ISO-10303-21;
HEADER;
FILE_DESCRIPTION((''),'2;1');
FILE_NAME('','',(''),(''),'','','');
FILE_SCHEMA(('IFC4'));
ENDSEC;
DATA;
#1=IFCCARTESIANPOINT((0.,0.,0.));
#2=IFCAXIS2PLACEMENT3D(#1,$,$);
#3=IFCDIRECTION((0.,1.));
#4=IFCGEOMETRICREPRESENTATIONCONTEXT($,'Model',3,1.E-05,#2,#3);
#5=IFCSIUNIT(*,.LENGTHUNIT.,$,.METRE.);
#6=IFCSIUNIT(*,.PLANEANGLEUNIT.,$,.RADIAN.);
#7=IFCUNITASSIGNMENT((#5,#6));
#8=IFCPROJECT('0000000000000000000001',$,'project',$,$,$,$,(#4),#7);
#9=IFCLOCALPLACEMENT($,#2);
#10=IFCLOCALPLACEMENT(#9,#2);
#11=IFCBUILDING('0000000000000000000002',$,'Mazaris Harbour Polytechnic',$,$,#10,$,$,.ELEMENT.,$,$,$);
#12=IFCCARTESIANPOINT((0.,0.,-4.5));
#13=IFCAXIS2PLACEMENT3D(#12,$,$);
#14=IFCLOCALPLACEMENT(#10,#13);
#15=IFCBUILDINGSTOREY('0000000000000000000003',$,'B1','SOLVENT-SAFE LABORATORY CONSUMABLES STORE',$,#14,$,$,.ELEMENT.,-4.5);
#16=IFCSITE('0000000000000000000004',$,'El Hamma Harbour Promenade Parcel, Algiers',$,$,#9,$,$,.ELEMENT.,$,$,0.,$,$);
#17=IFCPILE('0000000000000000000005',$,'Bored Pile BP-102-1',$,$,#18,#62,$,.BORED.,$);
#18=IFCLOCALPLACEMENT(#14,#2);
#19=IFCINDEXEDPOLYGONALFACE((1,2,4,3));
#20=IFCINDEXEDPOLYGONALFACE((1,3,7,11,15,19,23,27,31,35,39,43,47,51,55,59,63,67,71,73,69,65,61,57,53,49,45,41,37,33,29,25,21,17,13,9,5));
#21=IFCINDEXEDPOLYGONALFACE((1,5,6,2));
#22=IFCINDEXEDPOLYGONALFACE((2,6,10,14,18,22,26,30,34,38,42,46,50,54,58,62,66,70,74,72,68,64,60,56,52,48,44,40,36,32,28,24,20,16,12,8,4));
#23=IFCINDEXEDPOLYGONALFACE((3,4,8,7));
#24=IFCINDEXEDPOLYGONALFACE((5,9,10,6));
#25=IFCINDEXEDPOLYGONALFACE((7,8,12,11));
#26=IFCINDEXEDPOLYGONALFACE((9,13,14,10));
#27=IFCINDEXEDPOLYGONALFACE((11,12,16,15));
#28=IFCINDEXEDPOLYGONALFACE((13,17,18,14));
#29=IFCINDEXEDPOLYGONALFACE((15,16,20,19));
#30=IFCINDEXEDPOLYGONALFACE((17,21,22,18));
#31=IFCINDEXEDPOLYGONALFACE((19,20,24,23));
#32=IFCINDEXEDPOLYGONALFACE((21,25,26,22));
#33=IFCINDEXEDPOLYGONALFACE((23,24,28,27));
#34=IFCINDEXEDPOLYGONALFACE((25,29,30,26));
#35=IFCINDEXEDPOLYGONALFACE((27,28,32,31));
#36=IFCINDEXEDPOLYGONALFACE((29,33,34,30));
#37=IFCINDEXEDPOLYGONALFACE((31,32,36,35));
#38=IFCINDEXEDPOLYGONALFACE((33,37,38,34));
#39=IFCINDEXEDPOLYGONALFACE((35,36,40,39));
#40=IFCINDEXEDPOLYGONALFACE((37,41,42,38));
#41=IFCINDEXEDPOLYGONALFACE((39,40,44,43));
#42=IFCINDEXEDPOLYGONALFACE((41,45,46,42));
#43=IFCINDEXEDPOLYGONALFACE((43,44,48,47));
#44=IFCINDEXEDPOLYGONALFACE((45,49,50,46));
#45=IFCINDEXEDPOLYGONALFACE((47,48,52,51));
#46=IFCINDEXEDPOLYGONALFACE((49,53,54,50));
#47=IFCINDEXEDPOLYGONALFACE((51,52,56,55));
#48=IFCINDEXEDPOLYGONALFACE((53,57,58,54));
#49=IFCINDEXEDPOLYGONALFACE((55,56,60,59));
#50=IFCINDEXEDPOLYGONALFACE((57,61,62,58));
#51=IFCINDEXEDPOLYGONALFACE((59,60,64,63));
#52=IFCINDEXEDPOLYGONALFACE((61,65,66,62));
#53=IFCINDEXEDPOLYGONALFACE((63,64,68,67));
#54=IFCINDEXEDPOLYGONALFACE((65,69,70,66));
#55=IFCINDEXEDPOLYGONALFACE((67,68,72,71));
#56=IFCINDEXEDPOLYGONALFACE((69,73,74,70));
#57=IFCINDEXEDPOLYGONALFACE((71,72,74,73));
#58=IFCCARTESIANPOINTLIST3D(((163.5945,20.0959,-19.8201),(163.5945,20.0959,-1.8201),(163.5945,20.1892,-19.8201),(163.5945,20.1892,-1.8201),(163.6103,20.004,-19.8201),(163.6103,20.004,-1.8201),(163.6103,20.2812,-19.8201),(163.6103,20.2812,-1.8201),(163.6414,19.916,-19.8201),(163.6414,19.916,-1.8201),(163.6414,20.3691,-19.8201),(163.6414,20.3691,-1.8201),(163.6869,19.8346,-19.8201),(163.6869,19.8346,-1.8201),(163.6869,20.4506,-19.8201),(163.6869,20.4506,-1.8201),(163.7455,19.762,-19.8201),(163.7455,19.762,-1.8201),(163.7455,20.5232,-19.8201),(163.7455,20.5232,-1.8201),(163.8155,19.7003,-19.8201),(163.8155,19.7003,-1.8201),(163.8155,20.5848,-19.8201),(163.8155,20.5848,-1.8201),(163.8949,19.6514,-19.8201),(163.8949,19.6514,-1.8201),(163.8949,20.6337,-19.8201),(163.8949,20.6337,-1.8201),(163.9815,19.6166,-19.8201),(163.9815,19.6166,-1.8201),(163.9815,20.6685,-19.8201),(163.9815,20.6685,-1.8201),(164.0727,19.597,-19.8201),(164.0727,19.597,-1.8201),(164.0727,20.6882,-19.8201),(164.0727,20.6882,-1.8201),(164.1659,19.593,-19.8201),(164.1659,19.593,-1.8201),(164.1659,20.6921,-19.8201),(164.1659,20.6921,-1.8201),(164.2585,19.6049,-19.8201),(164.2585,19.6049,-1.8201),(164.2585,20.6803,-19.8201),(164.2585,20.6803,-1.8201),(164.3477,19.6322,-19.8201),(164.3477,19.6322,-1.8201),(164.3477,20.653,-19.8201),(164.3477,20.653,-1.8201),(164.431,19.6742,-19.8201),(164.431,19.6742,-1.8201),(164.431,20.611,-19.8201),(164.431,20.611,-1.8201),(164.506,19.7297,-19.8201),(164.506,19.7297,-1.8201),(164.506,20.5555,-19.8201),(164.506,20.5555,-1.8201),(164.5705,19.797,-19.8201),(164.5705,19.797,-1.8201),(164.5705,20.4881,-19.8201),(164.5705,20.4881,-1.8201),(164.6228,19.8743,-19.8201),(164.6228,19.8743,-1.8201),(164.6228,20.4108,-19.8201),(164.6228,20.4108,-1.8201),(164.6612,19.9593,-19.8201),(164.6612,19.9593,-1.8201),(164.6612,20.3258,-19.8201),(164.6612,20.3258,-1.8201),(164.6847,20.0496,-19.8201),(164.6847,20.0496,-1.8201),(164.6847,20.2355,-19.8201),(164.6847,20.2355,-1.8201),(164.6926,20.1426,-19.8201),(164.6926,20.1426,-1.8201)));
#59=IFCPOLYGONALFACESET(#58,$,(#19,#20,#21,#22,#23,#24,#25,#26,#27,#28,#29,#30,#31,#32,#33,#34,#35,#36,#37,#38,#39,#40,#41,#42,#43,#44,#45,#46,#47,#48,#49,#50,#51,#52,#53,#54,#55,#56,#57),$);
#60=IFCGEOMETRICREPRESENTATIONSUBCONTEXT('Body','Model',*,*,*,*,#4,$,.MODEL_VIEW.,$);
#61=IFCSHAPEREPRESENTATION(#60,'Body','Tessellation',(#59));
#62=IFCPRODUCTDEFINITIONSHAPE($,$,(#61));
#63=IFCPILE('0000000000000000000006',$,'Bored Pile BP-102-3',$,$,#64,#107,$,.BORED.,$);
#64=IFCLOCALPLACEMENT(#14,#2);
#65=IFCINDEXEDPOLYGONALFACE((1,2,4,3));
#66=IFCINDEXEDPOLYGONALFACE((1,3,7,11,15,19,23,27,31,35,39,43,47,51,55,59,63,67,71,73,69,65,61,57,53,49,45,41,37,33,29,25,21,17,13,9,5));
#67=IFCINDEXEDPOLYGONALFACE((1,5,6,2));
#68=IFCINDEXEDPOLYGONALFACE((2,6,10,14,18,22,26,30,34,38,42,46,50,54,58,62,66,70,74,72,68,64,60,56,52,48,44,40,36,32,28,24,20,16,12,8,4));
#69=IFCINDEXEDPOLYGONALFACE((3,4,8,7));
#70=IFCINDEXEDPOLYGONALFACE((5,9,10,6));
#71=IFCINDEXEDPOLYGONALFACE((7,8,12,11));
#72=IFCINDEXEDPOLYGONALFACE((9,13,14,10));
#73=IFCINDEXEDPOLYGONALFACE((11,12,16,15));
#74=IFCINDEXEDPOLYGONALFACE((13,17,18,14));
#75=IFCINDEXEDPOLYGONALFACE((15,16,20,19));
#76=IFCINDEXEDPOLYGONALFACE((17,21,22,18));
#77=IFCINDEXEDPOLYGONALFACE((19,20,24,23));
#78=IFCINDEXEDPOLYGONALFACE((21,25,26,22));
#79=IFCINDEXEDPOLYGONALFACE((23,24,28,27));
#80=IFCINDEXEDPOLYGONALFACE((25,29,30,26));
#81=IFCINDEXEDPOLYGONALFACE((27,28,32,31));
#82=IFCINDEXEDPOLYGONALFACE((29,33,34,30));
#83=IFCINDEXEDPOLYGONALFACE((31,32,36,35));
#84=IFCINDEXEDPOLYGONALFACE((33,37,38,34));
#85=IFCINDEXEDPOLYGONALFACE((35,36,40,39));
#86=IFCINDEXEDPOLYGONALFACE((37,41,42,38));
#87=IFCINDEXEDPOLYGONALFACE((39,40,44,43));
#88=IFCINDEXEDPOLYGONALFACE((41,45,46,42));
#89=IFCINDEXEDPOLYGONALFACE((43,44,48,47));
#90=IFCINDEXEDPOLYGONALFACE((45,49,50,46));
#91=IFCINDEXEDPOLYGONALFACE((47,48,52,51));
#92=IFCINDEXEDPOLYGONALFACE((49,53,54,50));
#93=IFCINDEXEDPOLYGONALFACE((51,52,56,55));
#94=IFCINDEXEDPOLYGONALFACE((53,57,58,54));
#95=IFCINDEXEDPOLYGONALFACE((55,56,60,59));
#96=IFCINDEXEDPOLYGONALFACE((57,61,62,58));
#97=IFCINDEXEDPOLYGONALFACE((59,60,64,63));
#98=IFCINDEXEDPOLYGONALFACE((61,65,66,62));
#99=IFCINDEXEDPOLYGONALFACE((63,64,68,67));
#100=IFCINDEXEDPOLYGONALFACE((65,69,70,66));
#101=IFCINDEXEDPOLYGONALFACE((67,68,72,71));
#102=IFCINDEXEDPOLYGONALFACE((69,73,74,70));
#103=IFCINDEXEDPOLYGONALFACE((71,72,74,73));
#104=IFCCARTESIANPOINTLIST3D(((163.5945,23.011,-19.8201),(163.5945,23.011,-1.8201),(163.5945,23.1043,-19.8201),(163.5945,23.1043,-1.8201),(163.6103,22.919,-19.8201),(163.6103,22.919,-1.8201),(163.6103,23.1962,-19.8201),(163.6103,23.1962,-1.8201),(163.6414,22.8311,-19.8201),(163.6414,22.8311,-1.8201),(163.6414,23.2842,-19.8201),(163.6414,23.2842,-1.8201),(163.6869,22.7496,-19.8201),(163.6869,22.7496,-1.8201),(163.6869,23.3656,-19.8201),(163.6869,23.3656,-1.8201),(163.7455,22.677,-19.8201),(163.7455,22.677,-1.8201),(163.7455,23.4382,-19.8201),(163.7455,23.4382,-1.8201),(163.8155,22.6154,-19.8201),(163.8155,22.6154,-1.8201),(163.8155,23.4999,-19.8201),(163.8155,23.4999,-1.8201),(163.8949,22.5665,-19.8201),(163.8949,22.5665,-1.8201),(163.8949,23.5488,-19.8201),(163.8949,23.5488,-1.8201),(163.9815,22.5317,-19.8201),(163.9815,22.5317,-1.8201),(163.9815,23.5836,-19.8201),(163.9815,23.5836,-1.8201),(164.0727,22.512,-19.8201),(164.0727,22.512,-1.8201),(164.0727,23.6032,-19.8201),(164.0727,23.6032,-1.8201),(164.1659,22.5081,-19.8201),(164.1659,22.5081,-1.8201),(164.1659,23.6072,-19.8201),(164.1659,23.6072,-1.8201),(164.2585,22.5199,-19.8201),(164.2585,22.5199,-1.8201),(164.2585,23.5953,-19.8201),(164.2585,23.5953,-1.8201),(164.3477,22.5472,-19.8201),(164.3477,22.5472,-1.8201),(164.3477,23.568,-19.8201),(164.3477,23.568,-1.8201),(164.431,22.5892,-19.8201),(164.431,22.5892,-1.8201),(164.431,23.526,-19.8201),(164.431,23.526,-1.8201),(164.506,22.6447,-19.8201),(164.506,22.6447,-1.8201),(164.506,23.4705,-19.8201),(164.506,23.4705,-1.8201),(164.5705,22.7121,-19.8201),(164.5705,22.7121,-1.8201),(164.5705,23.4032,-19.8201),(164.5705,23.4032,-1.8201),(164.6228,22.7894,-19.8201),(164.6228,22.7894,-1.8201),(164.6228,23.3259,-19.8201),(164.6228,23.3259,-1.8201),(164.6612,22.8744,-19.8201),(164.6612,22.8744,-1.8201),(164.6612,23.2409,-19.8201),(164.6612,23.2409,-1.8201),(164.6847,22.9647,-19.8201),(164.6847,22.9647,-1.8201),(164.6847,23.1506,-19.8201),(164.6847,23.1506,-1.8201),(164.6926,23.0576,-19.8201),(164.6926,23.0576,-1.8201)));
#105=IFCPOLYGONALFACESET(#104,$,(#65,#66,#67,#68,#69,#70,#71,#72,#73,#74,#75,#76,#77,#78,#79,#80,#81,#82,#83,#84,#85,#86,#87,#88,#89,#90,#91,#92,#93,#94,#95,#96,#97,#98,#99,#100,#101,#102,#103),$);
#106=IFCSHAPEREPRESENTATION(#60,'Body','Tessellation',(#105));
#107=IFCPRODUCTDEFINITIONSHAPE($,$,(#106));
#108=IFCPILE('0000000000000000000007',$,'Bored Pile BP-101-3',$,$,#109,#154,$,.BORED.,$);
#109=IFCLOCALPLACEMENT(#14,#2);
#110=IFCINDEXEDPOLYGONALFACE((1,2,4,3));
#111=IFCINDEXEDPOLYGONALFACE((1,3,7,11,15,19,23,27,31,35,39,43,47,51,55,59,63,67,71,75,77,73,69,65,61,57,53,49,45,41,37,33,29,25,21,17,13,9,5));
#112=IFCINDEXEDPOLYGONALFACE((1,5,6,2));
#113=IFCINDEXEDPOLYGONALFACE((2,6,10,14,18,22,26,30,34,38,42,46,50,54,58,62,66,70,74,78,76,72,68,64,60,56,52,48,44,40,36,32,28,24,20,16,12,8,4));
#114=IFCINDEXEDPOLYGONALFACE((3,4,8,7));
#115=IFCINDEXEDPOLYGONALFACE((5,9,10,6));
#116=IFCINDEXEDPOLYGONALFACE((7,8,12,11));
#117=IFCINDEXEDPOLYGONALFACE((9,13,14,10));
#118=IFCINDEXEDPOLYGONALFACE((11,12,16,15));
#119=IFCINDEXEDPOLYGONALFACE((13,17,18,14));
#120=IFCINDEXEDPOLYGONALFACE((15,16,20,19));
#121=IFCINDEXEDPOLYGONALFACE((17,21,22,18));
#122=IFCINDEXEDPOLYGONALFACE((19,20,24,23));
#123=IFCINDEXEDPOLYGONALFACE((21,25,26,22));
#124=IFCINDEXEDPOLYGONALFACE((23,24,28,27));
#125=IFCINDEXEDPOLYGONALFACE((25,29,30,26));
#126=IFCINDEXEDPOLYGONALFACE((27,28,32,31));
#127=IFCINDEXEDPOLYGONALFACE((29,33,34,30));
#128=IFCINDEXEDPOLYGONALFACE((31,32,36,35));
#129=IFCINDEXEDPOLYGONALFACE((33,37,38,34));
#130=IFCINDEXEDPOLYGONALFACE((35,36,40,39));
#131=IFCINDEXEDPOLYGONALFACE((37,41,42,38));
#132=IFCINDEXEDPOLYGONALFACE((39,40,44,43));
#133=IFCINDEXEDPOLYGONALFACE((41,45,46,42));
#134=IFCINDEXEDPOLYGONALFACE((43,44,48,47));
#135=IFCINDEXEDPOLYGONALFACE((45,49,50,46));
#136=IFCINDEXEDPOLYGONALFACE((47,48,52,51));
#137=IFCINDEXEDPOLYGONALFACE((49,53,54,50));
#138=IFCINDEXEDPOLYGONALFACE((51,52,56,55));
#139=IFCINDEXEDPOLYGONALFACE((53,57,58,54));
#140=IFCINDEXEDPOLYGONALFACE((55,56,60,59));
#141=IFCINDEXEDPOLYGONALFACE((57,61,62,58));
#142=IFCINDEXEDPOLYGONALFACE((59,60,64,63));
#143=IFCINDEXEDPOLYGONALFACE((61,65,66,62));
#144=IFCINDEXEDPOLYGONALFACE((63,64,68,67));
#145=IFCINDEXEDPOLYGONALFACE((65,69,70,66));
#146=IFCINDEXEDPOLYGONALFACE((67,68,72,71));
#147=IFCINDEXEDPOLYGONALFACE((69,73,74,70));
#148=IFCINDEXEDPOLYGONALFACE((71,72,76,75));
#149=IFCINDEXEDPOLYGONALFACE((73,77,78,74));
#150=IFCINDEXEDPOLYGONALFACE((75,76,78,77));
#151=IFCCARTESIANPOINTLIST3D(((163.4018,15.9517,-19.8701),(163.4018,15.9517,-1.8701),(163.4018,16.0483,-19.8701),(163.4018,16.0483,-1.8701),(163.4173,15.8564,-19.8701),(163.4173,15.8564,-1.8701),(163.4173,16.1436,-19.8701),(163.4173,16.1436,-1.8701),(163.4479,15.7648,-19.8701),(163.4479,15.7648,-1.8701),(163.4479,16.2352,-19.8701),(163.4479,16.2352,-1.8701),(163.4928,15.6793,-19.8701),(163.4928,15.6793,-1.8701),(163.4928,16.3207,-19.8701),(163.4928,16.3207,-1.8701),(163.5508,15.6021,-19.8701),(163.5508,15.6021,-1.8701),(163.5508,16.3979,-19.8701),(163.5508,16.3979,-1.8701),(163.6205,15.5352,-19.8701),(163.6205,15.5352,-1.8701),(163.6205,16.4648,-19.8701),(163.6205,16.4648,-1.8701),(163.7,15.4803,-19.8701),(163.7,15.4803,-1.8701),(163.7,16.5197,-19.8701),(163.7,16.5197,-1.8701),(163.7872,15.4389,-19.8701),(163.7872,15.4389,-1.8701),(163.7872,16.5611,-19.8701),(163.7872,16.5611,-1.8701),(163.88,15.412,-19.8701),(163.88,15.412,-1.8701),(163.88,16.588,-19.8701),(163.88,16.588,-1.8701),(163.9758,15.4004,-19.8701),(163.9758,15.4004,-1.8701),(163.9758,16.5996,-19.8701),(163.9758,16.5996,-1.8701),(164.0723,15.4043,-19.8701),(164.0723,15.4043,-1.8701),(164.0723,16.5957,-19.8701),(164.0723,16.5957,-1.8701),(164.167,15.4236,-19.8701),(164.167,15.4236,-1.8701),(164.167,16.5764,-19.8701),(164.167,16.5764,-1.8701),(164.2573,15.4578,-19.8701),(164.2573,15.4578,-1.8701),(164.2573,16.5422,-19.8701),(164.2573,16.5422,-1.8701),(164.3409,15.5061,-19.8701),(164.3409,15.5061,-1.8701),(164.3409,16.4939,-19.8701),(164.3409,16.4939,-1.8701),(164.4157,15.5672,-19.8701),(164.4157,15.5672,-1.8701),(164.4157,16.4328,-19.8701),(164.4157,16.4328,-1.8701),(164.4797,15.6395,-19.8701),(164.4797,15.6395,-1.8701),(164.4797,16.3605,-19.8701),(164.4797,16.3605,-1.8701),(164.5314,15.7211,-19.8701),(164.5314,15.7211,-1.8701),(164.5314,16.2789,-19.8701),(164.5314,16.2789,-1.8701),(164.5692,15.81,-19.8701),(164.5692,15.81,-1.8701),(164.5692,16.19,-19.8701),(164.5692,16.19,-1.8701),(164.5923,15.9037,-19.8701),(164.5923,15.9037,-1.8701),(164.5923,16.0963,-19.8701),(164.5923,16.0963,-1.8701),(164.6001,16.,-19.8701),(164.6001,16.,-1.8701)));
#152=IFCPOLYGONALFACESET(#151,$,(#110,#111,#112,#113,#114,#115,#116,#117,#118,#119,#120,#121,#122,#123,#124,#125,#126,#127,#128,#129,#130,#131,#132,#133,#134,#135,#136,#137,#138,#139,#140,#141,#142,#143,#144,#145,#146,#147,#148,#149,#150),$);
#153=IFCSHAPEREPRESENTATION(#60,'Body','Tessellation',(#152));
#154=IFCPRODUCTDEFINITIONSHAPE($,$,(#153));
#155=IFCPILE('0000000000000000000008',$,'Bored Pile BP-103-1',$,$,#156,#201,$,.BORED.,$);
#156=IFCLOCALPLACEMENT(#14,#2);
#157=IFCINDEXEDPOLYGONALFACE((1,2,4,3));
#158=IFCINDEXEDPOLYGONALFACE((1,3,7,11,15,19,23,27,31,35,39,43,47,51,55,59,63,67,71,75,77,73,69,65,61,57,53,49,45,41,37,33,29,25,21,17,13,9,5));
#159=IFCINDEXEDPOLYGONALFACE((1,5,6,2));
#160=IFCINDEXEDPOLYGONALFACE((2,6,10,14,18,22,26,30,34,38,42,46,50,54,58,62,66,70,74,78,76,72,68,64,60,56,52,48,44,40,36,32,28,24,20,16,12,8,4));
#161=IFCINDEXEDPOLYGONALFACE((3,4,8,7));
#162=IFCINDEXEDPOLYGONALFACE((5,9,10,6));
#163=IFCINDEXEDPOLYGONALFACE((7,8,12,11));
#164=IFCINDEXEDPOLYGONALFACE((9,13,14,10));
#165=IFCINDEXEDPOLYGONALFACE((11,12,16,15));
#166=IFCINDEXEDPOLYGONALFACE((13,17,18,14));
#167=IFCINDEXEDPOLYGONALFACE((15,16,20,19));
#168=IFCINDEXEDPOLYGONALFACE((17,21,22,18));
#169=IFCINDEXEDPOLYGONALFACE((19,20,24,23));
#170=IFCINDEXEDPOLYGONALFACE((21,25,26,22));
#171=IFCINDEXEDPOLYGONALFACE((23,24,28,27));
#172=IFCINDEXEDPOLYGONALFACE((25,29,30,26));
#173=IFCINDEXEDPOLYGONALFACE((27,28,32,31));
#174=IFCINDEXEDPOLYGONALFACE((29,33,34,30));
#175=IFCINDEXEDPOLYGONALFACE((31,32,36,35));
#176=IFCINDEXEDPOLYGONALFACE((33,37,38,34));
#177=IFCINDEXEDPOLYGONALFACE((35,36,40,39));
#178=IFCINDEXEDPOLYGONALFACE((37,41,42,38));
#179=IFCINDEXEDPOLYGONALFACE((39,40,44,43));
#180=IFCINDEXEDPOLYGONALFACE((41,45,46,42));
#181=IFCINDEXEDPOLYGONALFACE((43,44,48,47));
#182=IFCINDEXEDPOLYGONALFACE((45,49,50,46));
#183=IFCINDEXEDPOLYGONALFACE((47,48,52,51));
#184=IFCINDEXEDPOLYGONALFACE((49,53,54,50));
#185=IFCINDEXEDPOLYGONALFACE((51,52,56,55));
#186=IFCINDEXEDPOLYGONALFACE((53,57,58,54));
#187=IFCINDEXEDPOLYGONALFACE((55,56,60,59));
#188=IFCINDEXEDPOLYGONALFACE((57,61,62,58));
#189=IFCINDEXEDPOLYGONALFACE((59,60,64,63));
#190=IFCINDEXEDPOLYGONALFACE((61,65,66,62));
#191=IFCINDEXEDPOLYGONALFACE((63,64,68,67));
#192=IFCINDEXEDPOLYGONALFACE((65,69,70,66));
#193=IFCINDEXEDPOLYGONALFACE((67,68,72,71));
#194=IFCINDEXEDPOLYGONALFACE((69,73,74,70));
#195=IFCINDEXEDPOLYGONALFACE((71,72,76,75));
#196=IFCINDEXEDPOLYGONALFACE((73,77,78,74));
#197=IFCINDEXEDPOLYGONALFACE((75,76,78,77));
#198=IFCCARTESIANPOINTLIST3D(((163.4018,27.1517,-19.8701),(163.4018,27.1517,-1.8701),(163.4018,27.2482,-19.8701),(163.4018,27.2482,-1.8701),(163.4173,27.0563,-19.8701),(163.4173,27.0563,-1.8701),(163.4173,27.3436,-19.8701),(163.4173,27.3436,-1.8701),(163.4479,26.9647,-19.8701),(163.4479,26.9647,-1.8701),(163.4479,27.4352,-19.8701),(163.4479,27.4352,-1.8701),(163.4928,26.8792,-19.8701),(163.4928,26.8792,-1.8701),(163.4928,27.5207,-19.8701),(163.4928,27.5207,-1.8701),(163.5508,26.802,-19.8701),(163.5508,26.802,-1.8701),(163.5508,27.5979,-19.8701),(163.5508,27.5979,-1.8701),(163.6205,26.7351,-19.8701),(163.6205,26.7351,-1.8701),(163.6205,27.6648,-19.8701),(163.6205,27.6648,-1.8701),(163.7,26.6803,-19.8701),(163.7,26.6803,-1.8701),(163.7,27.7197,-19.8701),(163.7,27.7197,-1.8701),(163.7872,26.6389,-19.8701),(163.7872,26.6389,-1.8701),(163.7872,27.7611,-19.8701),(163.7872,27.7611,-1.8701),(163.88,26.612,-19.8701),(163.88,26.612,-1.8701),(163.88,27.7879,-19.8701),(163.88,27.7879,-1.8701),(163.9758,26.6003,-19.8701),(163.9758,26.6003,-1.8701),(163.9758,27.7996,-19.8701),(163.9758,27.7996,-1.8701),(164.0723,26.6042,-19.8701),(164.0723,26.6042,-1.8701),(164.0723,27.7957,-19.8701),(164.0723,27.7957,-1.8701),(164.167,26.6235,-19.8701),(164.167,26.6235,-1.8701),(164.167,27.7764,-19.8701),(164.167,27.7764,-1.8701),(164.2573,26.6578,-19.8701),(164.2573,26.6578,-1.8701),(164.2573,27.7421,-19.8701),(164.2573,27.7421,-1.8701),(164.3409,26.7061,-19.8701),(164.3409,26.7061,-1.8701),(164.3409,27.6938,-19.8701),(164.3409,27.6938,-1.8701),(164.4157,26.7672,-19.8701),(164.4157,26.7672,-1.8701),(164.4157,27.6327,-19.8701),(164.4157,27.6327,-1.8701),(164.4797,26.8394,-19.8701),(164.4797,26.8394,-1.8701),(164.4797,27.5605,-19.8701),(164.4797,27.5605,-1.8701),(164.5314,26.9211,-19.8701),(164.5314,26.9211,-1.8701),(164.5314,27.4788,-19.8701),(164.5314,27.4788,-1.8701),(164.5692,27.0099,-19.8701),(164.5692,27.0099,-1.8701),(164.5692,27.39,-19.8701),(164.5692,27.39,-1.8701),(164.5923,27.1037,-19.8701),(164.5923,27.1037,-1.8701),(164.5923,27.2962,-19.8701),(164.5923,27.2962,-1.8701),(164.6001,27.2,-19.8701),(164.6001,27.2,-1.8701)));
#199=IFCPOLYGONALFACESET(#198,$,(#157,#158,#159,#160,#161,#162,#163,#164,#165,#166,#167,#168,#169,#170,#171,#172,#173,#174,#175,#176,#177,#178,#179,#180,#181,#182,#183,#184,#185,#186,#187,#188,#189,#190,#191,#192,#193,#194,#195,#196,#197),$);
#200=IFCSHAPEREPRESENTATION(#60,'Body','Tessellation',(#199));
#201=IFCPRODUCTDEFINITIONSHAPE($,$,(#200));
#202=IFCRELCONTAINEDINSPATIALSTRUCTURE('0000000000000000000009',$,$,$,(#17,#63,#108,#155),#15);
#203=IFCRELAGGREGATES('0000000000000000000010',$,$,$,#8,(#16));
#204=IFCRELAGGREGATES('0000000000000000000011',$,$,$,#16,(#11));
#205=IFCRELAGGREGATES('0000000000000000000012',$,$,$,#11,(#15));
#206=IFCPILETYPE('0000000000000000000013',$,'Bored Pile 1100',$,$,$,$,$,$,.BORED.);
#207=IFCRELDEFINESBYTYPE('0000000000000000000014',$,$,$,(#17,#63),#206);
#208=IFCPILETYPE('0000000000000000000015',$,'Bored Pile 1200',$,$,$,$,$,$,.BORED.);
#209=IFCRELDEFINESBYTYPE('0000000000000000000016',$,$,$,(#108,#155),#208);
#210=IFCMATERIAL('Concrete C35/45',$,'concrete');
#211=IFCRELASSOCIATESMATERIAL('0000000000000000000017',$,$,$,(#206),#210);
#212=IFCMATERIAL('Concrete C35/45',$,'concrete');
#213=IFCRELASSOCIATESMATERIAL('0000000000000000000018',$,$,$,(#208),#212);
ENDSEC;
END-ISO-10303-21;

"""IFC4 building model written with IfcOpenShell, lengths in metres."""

from ifc_helpers import new_model, si_unit, direction, frame, origin, origin_2d, place, context, subcontext, project, spatial, circle, extrude, material, material_profile, profile_set, type_object, element, save


model = new_model("IFC4")

# Units and contexts
model_context = context("Model", 3, precision=1e-05, world=origin(), true_north=direction((0.0, 1.0)))
body_context = subcontext(model_context, "Body", "Model", "MODEL_VIEW")
ifc_project = project(units=[si_unit("LENGTHUNIT", "METRE"), si_unit("PLANEANGLEUNIT", "RADIAN")], contexts=[model_context])

# Site, building, storey
site_placement = place(None, origin())
site = spatial("IfcSite", under=ifc_project, at=site_placement, Name="El Hamma Harbour Promenade Parcel, Algiers", CompositionType="ELEMENT", RefElevation=0.0)
building_placement = place(site_placement, origin())
building = spatial("IfcBuilding", under=site, at=building_placement, Name="Mazaris Harbour Polytechnic", CompositionType="ELEMENT")
storey_placement = place(building_placement, frame((0.0, 0.0, -4.5)))
storey = spatial("IfcBuildingStorey", under=building, at=storey_placement, Name="B1", Description="SOLVENT-SAFE LABORATORY CONSUMABLES STORE", CompositionType="ELEMENT", Elevation=-4.5)

# Piles
ifc_material_1 = material(Name="Concrete C35/45", Category="concrete")
ifc_material_profile_1 = material_profile(ifc_material_1, circle(Radius=0.55, at=origin_2d()), Name="DIA1100")
ifc_profile_set_1 = profile_set([ifc_material_profile_1], Name="Concrete C35/45")
pile_type_1 = type_object("IfcPileType", Name="Bored Pile 1100", PredefinedType="BORED", material=ifc_profile_set_1)
for number, where, z_axis, x_axis, name in (
    (1, (164.1426, 20.1426, -1.8201), (0.0, 0.0, -1.0), (1.0, 0.0, 0.0), "Bored Pile BP-102-1"),
    (2, (164.1426, 23.0576, -1.8201), (0.0, 0.0, -1.0), (1.0, 0.0, 0.0), "Bored Pile BP-102-3"),
):
    element("IfcPile", number, at=place(storey_placement, frame(where, z_axis=z_axis, x_axis=x_axis)), inside=storey, type_object=pile_type_1, Name=name, PredefinedType="BORED", context=body_context, shape_type="SweptSolid", body=[
        extrude(circle(Radius=0.55, at=origin_2d()), origin(), (0.0, 0.0, 1.0), 18.0),
    ])
ifc_material_2 = material(Name="Concrete C35/45", Category="concrete")
ifc_material_profile_2 = material_profile(ifc_material_2, circle(Radius=0.6001, at=origin_2d()), Name="DIA1200")
ifc_profile_set_2 = profile_set([ifc_material_profile_2], Name="Concrete C35/45")
pile_type_2 = type_object("IfcPileType", Name="Bored Pile 1200", PredefinedType="BORED", material=ifc_profile_set_2)
for number, where, z_axis, x_axis, name in (
    (3, (164.0, 16.0, -1.8701), (0.0, 0.0, -1.0), (1.0, 0.0, 0.0), "Bored Pile BP-101-3"),
    (4, (164.0, 27.2, -1.8701), (0.0, 0.0, -1.0), (1.0, 0.0, 0.0), "Bored Pile BP-103-1"),
):
    element("IfcPile", number, at=place(storey_placement, frame(where, z_axis=z_axis, x_axis=x_axis)), inside=storey, type_object=pile_type_2, Name=name, PredefinedType="BORED", context=body_context, shape_type="SweptSolid", body=[
        extrude(circle(Radius=0.6001, at=origin_2d()), origin(), (0.0, 0.0, 1.0), 18.0),
    ])

save(model, "model.ifc")
